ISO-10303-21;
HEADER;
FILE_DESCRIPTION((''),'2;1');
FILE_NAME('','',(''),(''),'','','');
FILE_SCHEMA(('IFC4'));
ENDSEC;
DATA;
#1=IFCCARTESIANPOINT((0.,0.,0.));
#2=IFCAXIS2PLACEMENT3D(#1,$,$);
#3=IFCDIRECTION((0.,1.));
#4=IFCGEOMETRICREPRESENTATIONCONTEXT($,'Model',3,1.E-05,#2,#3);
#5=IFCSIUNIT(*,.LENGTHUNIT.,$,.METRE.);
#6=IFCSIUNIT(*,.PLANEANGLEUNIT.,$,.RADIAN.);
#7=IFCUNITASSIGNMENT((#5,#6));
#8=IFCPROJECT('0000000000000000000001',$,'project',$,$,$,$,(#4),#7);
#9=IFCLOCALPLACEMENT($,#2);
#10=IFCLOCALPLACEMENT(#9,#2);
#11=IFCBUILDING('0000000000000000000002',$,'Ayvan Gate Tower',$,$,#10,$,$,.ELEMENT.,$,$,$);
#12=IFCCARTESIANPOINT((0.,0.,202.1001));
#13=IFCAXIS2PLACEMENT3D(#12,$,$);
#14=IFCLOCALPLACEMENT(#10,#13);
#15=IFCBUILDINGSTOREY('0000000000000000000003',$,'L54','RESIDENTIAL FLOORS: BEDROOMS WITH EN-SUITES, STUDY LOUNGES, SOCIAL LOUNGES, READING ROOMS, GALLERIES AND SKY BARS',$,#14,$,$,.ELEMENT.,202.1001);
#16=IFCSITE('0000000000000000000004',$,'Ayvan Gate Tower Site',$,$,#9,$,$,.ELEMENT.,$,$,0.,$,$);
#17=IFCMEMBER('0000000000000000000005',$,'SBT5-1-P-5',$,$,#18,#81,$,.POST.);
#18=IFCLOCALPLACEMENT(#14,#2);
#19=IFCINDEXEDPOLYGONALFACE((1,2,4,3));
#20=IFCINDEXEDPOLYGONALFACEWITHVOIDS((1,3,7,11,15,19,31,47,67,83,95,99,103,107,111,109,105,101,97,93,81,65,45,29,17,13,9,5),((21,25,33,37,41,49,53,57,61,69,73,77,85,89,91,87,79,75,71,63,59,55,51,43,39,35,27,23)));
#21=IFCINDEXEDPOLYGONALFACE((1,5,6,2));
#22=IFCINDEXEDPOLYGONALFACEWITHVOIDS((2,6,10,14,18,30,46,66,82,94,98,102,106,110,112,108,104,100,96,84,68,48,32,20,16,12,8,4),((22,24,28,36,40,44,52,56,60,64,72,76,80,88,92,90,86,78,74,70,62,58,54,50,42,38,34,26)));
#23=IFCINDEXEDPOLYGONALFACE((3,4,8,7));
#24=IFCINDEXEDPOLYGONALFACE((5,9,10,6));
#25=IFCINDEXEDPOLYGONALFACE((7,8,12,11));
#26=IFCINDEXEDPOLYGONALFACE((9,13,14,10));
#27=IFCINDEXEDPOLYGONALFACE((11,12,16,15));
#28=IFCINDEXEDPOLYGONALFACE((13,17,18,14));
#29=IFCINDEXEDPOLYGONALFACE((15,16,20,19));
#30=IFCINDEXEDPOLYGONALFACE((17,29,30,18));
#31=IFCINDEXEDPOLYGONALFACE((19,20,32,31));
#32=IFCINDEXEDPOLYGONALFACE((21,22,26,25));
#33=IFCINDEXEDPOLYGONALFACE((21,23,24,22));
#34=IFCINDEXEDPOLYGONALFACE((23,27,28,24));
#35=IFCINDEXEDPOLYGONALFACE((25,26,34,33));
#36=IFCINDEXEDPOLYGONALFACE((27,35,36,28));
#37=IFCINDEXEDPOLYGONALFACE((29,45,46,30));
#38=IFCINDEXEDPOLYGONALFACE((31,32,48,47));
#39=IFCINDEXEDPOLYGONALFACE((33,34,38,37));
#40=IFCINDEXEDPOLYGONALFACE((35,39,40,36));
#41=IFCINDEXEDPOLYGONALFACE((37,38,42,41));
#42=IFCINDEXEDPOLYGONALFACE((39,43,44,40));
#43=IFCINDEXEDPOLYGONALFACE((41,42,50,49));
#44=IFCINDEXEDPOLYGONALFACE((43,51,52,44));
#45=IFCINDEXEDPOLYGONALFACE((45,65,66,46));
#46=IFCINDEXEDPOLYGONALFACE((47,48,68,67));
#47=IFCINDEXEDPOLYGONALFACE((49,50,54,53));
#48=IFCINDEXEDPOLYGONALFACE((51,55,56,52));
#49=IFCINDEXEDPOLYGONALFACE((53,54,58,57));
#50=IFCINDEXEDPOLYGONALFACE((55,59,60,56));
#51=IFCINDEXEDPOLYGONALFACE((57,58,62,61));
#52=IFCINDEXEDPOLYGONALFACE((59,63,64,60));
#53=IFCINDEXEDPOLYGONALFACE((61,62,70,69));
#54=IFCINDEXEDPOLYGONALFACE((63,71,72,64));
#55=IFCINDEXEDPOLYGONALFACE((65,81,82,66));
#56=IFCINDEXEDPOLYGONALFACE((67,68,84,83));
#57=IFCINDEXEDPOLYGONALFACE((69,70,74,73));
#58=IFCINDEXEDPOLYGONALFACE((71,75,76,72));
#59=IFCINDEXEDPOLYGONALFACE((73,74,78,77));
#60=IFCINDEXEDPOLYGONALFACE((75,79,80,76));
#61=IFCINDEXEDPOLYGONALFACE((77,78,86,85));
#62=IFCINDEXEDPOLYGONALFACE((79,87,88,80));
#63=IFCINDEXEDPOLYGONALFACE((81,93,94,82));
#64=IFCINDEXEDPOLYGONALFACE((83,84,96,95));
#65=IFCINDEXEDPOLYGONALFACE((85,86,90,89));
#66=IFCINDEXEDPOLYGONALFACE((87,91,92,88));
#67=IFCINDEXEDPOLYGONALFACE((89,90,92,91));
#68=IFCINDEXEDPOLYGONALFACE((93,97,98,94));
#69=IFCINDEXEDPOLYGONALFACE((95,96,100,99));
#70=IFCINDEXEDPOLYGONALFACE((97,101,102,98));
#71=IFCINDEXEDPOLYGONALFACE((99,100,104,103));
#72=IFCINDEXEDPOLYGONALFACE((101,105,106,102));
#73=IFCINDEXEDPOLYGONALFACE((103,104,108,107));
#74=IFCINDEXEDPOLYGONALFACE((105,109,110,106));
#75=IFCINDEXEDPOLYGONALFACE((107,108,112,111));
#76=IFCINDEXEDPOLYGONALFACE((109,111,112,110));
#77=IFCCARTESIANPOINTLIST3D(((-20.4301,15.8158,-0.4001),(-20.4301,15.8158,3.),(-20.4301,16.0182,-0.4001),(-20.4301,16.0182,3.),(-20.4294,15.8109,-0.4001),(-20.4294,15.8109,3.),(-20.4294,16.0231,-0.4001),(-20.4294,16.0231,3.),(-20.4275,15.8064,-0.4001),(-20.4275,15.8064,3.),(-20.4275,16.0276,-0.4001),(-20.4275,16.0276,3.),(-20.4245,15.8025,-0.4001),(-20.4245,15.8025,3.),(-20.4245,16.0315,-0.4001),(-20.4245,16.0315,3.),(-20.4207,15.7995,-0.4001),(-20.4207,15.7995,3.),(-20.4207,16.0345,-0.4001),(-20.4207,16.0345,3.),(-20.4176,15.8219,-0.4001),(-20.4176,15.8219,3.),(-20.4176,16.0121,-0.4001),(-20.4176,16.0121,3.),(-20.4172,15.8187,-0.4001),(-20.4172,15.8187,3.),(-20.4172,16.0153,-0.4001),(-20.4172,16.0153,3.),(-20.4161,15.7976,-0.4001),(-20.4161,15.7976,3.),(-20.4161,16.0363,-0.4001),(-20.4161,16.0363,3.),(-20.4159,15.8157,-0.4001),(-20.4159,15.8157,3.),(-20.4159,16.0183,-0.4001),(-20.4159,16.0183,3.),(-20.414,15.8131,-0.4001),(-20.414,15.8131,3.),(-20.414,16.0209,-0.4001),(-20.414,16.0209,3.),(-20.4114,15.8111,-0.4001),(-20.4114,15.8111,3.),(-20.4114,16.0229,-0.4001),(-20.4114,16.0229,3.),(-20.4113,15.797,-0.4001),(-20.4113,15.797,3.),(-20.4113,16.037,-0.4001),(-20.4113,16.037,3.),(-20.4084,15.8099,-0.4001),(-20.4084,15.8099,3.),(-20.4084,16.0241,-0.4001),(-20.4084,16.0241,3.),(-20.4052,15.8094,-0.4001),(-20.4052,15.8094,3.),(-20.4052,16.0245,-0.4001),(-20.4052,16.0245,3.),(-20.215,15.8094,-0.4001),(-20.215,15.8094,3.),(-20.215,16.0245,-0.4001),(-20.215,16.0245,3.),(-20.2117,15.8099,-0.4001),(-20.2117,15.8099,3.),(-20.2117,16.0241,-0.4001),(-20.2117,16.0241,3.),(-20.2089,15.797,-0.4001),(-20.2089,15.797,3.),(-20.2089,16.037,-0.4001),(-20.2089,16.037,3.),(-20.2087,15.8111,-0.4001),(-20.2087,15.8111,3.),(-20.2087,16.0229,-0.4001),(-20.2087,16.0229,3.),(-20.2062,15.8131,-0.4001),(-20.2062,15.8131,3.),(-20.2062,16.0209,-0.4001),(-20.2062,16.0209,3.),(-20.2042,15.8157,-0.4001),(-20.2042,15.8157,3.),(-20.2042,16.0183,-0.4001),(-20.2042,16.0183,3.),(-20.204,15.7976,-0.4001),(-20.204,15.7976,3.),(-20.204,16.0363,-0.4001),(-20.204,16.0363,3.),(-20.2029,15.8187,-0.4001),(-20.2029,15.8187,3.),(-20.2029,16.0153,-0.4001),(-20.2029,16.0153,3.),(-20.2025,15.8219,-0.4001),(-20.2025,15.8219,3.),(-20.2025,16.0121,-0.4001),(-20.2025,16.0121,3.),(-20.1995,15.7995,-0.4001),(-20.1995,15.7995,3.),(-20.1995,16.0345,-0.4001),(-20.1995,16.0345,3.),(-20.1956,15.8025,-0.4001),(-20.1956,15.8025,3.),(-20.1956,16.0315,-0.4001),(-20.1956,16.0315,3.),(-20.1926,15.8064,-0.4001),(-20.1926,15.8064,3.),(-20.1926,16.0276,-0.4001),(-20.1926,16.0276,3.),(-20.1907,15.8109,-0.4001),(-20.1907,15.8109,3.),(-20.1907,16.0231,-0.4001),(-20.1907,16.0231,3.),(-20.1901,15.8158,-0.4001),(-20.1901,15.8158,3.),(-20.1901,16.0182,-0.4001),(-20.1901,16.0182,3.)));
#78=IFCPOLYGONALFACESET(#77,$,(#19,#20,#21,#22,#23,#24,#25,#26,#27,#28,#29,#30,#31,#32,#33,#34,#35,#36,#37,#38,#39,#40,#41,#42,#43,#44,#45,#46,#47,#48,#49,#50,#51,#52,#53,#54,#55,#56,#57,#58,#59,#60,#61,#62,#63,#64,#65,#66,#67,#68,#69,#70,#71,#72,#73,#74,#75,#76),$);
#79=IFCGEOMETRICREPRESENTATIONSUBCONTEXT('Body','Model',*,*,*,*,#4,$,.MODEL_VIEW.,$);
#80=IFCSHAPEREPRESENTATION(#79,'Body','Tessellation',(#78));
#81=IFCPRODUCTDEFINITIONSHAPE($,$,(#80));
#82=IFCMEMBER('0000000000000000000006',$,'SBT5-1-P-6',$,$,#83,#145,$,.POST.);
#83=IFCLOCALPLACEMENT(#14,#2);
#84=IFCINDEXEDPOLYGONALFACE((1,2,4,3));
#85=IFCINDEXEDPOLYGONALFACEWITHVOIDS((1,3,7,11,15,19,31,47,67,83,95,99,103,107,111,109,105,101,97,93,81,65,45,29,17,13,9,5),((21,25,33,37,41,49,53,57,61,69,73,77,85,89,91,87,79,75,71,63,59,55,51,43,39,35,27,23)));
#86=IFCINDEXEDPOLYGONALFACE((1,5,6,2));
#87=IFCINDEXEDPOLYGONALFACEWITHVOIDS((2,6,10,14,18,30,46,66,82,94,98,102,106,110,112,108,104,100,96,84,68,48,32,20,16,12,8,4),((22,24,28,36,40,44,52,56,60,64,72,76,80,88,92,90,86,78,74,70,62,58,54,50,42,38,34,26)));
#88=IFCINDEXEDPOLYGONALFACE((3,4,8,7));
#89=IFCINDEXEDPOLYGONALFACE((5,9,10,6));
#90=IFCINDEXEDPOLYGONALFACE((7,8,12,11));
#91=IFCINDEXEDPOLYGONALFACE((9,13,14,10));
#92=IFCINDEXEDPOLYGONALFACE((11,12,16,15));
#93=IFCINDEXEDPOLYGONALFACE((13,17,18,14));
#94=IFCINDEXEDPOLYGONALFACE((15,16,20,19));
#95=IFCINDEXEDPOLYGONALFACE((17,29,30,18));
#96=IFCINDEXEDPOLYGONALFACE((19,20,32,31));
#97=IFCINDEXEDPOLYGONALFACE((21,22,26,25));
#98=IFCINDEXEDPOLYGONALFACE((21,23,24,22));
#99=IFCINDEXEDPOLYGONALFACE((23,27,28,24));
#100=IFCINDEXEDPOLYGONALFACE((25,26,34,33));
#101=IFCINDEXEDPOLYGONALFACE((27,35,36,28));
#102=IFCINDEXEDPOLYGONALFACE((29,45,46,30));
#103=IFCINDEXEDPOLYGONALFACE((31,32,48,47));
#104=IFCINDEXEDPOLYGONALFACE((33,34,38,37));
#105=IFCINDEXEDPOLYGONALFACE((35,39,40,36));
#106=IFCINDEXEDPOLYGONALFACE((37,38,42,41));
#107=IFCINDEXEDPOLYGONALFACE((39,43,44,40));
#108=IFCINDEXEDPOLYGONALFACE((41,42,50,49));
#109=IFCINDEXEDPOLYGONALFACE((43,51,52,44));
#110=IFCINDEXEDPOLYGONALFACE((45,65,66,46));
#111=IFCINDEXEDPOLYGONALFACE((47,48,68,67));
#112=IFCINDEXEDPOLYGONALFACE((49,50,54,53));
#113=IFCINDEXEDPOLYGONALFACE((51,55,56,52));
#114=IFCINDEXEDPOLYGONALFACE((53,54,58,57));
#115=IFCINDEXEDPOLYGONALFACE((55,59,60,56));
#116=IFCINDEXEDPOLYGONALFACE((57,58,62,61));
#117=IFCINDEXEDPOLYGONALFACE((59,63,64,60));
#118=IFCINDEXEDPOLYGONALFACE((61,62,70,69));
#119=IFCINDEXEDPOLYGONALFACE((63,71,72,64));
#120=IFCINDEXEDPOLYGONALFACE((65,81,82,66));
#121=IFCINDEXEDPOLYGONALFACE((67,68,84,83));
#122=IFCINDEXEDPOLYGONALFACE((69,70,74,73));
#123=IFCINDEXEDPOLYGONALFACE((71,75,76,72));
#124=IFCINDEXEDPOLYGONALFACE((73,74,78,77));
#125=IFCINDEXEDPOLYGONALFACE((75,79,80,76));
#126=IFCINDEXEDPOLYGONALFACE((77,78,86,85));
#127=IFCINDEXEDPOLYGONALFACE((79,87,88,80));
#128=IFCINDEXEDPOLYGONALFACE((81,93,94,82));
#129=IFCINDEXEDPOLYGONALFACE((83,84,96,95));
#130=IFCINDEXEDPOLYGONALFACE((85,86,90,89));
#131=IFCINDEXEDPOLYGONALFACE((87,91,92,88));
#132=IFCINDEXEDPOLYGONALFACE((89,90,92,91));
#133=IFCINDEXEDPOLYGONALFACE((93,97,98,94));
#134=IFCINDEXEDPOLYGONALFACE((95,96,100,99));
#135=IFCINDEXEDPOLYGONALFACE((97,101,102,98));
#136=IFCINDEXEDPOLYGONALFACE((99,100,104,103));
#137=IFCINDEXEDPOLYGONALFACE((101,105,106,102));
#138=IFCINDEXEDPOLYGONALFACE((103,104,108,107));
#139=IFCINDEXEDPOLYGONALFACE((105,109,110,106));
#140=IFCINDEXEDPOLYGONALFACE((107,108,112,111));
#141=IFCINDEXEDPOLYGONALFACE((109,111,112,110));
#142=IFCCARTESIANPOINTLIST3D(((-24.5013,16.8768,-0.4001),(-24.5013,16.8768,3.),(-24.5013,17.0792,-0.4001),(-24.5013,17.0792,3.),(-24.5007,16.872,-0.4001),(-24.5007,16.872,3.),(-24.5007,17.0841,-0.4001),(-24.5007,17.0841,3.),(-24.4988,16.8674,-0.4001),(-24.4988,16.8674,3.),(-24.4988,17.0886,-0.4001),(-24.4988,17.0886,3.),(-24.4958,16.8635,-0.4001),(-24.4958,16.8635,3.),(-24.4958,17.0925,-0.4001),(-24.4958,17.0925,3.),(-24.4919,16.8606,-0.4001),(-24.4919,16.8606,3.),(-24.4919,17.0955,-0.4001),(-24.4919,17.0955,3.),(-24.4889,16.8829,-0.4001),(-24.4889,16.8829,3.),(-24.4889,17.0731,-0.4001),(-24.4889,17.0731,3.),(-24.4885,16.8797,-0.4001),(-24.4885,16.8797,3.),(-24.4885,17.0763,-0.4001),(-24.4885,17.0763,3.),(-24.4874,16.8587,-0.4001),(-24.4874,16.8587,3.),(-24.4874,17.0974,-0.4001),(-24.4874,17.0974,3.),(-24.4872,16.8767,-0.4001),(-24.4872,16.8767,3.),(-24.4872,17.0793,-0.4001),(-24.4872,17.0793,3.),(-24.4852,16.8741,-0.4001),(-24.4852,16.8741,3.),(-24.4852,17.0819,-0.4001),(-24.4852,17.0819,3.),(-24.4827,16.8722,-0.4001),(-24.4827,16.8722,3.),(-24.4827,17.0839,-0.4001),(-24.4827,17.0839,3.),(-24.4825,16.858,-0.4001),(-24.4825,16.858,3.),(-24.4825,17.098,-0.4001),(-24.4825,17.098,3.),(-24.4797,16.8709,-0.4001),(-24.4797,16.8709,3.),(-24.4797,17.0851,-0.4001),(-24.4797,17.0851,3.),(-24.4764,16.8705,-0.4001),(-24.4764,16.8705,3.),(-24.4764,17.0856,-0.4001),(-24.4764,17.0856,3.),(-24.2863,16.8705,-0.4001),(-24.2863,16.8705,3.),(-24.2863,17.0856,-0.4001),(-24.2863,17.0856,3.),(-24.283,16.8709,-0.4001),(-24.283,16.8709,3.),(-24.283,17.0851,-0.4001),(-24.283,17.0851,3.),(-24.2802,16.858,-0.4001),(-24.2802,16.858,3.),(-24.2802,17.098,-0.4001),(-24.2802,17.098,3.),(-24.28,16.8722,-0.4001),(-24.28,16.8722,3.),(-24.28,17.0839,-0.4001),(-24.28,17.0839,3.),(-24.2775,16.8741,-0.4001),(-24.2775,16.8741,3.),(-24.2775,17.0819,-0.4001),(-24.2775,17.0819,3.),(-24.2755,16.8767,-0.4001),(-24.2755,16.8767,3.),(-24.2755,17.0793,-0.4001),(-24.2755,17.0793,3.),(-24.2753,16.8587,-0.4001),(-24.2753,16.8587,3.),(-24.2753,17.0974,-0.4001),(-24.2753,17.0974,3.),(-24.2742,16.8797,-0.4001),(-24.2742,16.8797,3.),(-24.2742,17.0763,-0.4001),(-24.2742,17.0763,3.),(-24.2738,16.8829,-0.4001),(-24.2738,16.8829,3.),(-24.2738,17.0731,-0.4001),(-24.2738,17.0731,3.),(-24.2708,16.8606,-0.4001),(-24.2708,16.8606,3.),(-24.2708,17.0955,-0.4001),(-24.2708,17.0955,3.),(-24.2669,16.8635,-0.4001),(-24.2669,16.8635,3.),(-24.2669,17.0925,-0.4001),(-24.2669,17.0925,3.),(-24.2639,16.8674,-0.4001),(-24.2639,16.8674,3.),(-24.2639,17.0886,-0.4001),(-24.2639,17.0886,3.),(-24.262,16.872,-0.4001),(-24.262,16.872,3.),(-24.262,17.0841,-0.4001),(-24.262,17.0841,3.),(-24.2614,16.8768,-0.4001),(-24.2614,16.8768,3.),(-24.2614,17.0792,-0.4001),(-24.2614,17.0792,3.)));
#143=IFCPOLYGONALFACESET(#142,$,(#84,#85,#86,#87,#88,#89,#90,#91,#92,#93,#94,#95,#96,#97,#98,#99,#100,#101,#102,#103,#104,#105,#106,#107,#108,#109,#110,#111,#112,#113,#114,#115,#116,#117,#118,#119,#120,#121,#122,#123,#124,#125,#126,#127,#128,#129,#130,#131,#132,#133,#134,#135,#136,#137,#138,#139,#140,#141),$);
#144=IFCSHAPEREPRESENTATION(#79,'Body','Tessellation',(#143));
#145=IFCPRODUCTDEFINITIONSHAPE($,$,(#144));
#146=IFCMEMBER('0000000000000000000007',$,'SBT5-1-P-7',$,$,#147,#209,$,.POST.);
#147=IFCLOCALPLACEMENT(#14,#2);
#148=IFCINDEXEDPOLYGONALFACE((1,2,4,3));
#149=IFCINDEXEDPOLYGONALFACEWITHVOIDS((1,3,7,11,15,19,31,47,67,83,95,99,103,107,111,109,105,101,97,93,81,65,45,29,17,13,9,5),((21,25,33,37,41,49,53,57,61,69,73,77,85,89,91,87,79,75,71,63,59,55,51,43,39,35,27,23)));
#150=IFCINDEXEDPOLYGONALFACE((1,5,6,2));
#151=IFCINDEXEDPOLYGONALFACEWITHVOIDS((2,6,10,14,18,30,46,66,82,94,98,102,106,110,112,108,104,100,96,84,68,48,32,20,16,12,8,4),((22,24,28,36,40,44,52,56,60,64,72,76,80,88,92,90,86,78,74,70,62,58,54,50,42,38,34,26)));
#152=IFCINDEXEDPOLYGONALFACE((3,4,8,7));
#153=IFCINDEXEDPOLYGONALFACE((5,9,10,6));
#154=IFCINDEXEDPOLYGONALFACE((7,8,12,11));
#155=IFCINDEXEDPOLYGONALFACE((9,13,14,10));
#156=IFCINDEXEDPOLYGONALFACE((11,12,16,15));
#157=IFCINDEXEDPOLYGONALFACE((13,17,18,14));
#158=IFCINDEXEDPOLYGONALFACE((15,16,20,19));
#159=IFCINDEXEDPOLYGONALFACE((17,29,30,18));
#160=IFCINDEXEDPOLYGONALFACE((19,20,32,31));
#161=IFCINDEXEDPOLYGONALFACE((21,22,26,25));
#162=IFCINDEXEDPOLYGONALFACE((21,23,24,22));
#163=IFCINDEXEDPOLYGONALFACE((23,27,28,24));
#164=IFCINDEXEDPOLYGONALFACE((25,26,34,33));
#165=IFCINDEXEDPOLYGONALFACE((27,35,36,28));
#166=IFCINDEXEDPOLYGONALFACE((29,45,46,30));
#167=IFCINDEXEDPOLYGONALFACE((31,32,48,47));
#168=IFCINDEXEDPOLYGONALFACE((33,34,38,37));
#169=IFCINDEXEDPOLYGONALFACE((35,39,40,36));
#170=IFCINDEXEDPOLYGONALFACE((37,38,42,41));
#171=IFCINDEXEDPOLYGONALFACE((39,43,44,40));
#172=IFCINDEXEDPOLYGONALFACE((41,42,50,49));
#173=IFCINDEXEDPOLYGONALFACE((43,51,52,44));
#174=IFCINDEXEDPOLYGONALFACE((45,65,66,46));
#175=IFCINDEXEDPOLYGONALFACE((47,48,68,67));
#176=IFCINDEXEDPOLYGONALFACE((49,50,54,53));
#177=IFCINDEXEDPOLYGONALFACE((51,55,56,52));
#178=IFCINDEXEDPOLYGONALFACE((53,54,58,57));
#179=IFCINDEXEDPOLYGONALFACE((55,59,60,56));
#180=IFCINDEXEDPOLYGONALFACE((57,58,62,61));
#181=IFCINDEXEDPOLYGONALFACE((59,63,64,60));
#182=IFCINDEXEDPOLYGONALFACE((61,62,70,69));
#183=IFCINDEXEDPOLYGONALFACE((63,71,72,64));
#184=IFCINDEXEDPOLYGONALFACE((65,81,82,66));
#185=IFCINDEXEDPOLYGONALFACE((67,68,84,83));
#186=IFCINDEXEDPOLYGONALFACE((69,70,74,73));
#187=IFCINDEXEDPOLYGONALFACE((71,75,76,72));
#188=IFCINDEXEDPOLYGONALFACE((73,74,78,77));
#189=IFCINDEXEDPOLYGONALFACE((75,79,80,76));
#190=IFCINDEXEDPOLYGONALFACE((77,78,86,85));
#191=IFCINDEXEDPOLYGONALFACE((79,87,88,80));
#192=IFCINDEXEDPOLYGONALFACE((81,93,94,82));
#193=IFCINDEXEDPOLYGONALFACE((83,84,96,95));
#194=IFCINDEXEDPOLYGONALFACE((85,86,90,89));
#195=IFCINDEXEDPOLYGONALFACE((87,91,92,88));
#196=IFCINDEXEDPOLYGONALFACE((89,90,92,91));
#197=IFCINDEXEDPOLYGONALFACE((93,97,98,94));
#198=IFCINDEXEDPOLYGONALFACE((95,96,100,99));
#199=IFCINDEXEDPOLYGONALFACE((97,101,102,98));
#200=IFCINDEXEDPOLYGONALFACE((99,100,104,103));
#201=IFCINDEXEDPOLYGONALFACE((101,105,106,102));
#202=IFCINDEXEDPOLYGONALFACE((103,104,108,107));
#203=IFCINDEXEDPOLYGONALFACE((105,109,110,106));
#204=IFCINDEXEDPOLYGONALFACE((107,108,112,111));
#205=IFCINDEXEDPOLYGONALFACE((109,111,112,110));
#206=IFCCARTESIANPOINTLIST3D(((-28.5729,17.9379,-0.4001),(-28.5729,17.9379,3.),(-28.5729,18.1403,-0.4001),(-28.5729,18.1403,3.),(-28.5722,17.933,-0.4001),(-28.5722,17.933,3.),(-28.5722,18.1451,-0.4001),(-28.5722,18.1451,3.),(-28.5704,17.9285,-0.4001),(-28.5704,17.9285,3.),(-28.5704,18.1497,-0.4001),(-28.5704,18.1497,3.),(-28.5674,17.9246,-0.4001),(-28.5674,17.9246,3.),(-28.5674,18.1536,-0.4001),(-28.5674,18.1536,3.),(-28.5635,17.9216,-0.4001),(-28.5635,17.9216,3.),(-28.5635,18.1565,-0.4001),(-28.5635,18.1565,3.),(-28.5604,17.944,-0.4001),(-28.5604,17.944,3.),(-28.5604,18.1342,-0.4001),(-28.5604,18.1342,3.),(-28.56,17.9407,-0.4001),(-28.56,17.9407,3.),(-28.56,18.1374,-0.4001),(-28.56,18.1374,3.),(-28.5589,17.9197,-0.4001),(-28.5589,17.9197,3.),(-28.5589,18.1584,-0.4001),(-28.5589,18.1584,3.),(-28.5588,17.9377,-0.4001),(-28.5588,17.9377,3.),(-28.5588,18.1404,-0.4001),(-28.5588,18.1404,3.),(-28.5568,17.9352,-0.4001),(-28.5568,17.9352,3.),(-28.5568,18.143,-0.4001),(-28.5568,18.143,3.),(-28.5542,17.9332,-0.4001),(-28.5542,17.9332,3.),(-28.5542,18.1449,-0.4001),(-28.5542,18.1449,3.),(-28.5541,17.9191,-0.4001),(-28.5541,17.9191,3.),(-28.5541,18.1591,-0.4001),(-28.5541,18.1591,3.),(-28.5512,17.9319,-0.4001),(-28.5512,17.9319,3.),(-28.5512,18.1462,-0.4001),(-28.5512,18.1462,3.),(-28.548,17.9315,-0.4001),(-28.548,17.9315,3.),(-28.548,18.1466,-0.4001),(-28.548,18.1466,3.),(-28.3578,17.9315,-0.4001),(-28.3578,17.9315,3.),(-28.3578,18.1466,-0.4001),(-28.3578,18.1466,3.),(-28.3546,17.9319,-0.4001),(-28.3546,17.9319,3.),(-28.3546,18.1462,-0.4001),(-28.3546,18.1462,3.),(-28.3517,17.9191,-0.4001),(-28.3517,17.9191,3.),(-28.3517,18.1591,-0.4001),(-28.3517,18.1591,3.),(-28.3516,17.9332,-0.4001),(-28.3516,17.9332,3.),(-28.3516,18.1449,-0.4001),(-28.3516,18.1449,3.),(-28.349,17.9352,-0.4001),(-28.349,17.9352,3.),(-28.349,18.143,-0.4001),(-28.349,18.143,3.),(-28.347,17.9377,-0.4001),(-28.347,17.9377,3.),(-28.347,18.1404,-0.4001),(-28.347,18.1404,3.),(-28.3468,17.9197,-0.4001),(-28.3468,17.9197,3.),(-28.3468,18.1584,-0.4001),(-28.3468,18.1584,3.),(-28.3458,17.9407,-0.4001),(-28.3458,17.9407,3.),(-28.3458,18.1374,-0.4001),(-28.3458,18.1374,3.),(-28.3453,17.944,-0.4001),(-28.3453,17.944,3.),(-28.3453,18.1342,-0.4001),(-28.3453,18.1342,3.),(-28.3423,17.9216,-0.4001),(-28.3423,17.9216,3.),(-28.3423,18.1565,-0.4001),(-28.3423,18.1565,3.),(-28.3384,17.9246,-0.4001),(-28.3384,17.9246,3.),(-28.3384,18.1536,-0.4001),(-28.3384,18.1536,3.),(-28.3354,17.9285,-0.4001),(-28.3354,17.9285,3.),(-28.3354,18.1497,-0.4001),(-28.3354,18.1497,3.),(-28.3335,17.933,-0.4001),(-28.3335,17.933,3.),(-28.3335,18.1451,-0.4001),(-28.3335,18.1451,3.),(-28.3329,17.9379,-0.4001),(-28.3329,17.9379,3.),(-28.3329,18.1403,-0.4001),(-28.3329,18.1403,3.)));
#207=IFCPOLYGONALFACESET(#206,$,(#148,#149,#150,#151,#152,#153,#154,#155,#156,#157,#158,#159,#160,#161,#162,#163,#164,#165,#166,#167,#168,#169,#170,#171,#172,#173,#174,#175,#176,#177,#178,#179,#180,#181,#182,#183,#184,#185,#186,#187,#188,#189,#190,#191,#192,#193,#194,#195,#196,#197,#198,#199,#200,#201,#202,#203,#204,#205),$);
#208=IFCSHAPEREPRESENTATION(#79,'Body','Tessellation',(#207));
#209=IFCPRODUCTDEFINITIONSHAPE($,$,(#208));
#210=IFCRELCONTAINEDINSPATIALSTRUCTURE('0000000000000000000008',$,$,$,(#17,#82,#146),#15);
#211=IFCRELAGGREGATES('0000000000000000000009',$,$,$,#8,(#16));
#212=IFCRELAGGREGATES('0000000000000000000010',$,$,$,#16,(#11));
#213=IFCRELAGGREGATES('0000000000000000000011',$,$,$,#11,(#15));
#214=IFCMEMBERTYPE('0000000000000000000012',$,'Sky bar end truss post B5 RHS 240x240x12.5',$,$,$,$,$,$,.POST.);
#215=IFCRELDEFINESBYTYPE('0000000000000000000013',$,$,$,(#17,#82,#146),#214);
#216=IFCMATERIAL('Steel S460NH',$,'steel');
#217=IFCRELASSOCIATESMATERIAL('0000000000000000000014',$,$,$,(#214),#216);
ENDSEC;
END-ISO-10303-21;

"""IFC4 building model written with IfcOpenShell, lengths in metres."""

from ifc_helpers import new_model, si_unit, direction, frame, origin, origin_2d, place, context, subcontext, project, spatial, hollow_rectangle, extrude, material, material_profile, profile_set, type_object, element, save


model = new_model("IFC4")

# Units and contexts
model_context = context("Model", 3, precision=1e-05, world=origin(), true_north=direction((0.0, 1.0)))
body_context = subcontext(model_context, "Body", "Model", "MODEL_VIEW")
ifc_project = project(units=[si_unit("LENGTHUNIT", "METRE"), si_unit("PLANEANGLEUNIT", "RADIAN")], contexts=[model_context])

# Site, building, storey
site_placement = place(None, origin())
site = spatial("IfcSite", under=ifc_project, at=site_placement, Name="Ayvan Gate Tower Site", CompositionType="ELEMENT", RefElevation=0.0)
building_placement = place(site_placement, origin())
building = spatial("IfcBuilding", under=site, at=building_placement, Name="Ayvan Gate Tower", CompositionType="ELEMENT")
storey_placement = place(building_placement, frame((0.0, 0.0, 202.1001)))
storey = spatial("IfcBuildingStorey", under=building, at=storey_placement, Name="L54", Description="RESIDENTIAL FLOORS: BEDROOMS WITH EN-SUITES, STUDY LOUNGES, SOCIAL LOUNGES, READING ROOMS, GALLERIES AND SKY BARS", CompositionType="ELEMENT", Elevation=202.1001)

# Members
ifc_material_1 = material(Name="Steel S460NH", Category="steel")
ifc_material_profile_1 = material_profile(ifc_material_1, hollow_rectangle(XDim=0.24, YDim=0.24, WallThickness=0.0125, InnerFilletRadius=0.0125, OuterFilletRadius=0.0188, at=origin_2d()), Name="RHS 240x240x12.5")
ifc_profile_set_1 = profile_set([ifc_material_profile_1], Name="Steel S460NH")
member_type_1 = type_object("IfcMemberType", Name="Sky bar end truss post B5 RHS 240x240x12.5", PredefinedType="POST", material=ifc_profile_set_1)
for number, where, z_axis, x_axis, name in (
    (1, (-20.3101, 15.917, -0.4001), (0.0, 0.0, 1.0), (1.0, 0.0, 0.0), "SBT5-1-P-5"),
    (2, (-24.3813, 16.978, -0.4001), (0.0, 0.0, 1.0), (1.0, 0.0, 0.0), "SBT5-1-P-6"),
    (3, (-28.4529, 18.0391, -0.4001), (0.0, 0.0, 1.0), (1.0, 0.0, 0.0), "SBT5-1-P-7"),
):
    element("IfcMember", number, at=place(storey_placement, frame(where, z_axis=z_axis, x_axis=x_axis)), inside=storey, type_object=member_type_1, Name=name, PredefinedType="POST", context=body_context, shape_type="SweptSolid", body=[
        extrude(hollow_rectangle(XDim=0.24, YDim=0.24, WallThickness=0.0125, InnerFilletRadius=0.0125, OuterFilletRadius=0.0188, at=origin_2d()), origin(), (0.0, 0.0, 1.0), 3.4001),
    ])

save(model, "model.ifc")
